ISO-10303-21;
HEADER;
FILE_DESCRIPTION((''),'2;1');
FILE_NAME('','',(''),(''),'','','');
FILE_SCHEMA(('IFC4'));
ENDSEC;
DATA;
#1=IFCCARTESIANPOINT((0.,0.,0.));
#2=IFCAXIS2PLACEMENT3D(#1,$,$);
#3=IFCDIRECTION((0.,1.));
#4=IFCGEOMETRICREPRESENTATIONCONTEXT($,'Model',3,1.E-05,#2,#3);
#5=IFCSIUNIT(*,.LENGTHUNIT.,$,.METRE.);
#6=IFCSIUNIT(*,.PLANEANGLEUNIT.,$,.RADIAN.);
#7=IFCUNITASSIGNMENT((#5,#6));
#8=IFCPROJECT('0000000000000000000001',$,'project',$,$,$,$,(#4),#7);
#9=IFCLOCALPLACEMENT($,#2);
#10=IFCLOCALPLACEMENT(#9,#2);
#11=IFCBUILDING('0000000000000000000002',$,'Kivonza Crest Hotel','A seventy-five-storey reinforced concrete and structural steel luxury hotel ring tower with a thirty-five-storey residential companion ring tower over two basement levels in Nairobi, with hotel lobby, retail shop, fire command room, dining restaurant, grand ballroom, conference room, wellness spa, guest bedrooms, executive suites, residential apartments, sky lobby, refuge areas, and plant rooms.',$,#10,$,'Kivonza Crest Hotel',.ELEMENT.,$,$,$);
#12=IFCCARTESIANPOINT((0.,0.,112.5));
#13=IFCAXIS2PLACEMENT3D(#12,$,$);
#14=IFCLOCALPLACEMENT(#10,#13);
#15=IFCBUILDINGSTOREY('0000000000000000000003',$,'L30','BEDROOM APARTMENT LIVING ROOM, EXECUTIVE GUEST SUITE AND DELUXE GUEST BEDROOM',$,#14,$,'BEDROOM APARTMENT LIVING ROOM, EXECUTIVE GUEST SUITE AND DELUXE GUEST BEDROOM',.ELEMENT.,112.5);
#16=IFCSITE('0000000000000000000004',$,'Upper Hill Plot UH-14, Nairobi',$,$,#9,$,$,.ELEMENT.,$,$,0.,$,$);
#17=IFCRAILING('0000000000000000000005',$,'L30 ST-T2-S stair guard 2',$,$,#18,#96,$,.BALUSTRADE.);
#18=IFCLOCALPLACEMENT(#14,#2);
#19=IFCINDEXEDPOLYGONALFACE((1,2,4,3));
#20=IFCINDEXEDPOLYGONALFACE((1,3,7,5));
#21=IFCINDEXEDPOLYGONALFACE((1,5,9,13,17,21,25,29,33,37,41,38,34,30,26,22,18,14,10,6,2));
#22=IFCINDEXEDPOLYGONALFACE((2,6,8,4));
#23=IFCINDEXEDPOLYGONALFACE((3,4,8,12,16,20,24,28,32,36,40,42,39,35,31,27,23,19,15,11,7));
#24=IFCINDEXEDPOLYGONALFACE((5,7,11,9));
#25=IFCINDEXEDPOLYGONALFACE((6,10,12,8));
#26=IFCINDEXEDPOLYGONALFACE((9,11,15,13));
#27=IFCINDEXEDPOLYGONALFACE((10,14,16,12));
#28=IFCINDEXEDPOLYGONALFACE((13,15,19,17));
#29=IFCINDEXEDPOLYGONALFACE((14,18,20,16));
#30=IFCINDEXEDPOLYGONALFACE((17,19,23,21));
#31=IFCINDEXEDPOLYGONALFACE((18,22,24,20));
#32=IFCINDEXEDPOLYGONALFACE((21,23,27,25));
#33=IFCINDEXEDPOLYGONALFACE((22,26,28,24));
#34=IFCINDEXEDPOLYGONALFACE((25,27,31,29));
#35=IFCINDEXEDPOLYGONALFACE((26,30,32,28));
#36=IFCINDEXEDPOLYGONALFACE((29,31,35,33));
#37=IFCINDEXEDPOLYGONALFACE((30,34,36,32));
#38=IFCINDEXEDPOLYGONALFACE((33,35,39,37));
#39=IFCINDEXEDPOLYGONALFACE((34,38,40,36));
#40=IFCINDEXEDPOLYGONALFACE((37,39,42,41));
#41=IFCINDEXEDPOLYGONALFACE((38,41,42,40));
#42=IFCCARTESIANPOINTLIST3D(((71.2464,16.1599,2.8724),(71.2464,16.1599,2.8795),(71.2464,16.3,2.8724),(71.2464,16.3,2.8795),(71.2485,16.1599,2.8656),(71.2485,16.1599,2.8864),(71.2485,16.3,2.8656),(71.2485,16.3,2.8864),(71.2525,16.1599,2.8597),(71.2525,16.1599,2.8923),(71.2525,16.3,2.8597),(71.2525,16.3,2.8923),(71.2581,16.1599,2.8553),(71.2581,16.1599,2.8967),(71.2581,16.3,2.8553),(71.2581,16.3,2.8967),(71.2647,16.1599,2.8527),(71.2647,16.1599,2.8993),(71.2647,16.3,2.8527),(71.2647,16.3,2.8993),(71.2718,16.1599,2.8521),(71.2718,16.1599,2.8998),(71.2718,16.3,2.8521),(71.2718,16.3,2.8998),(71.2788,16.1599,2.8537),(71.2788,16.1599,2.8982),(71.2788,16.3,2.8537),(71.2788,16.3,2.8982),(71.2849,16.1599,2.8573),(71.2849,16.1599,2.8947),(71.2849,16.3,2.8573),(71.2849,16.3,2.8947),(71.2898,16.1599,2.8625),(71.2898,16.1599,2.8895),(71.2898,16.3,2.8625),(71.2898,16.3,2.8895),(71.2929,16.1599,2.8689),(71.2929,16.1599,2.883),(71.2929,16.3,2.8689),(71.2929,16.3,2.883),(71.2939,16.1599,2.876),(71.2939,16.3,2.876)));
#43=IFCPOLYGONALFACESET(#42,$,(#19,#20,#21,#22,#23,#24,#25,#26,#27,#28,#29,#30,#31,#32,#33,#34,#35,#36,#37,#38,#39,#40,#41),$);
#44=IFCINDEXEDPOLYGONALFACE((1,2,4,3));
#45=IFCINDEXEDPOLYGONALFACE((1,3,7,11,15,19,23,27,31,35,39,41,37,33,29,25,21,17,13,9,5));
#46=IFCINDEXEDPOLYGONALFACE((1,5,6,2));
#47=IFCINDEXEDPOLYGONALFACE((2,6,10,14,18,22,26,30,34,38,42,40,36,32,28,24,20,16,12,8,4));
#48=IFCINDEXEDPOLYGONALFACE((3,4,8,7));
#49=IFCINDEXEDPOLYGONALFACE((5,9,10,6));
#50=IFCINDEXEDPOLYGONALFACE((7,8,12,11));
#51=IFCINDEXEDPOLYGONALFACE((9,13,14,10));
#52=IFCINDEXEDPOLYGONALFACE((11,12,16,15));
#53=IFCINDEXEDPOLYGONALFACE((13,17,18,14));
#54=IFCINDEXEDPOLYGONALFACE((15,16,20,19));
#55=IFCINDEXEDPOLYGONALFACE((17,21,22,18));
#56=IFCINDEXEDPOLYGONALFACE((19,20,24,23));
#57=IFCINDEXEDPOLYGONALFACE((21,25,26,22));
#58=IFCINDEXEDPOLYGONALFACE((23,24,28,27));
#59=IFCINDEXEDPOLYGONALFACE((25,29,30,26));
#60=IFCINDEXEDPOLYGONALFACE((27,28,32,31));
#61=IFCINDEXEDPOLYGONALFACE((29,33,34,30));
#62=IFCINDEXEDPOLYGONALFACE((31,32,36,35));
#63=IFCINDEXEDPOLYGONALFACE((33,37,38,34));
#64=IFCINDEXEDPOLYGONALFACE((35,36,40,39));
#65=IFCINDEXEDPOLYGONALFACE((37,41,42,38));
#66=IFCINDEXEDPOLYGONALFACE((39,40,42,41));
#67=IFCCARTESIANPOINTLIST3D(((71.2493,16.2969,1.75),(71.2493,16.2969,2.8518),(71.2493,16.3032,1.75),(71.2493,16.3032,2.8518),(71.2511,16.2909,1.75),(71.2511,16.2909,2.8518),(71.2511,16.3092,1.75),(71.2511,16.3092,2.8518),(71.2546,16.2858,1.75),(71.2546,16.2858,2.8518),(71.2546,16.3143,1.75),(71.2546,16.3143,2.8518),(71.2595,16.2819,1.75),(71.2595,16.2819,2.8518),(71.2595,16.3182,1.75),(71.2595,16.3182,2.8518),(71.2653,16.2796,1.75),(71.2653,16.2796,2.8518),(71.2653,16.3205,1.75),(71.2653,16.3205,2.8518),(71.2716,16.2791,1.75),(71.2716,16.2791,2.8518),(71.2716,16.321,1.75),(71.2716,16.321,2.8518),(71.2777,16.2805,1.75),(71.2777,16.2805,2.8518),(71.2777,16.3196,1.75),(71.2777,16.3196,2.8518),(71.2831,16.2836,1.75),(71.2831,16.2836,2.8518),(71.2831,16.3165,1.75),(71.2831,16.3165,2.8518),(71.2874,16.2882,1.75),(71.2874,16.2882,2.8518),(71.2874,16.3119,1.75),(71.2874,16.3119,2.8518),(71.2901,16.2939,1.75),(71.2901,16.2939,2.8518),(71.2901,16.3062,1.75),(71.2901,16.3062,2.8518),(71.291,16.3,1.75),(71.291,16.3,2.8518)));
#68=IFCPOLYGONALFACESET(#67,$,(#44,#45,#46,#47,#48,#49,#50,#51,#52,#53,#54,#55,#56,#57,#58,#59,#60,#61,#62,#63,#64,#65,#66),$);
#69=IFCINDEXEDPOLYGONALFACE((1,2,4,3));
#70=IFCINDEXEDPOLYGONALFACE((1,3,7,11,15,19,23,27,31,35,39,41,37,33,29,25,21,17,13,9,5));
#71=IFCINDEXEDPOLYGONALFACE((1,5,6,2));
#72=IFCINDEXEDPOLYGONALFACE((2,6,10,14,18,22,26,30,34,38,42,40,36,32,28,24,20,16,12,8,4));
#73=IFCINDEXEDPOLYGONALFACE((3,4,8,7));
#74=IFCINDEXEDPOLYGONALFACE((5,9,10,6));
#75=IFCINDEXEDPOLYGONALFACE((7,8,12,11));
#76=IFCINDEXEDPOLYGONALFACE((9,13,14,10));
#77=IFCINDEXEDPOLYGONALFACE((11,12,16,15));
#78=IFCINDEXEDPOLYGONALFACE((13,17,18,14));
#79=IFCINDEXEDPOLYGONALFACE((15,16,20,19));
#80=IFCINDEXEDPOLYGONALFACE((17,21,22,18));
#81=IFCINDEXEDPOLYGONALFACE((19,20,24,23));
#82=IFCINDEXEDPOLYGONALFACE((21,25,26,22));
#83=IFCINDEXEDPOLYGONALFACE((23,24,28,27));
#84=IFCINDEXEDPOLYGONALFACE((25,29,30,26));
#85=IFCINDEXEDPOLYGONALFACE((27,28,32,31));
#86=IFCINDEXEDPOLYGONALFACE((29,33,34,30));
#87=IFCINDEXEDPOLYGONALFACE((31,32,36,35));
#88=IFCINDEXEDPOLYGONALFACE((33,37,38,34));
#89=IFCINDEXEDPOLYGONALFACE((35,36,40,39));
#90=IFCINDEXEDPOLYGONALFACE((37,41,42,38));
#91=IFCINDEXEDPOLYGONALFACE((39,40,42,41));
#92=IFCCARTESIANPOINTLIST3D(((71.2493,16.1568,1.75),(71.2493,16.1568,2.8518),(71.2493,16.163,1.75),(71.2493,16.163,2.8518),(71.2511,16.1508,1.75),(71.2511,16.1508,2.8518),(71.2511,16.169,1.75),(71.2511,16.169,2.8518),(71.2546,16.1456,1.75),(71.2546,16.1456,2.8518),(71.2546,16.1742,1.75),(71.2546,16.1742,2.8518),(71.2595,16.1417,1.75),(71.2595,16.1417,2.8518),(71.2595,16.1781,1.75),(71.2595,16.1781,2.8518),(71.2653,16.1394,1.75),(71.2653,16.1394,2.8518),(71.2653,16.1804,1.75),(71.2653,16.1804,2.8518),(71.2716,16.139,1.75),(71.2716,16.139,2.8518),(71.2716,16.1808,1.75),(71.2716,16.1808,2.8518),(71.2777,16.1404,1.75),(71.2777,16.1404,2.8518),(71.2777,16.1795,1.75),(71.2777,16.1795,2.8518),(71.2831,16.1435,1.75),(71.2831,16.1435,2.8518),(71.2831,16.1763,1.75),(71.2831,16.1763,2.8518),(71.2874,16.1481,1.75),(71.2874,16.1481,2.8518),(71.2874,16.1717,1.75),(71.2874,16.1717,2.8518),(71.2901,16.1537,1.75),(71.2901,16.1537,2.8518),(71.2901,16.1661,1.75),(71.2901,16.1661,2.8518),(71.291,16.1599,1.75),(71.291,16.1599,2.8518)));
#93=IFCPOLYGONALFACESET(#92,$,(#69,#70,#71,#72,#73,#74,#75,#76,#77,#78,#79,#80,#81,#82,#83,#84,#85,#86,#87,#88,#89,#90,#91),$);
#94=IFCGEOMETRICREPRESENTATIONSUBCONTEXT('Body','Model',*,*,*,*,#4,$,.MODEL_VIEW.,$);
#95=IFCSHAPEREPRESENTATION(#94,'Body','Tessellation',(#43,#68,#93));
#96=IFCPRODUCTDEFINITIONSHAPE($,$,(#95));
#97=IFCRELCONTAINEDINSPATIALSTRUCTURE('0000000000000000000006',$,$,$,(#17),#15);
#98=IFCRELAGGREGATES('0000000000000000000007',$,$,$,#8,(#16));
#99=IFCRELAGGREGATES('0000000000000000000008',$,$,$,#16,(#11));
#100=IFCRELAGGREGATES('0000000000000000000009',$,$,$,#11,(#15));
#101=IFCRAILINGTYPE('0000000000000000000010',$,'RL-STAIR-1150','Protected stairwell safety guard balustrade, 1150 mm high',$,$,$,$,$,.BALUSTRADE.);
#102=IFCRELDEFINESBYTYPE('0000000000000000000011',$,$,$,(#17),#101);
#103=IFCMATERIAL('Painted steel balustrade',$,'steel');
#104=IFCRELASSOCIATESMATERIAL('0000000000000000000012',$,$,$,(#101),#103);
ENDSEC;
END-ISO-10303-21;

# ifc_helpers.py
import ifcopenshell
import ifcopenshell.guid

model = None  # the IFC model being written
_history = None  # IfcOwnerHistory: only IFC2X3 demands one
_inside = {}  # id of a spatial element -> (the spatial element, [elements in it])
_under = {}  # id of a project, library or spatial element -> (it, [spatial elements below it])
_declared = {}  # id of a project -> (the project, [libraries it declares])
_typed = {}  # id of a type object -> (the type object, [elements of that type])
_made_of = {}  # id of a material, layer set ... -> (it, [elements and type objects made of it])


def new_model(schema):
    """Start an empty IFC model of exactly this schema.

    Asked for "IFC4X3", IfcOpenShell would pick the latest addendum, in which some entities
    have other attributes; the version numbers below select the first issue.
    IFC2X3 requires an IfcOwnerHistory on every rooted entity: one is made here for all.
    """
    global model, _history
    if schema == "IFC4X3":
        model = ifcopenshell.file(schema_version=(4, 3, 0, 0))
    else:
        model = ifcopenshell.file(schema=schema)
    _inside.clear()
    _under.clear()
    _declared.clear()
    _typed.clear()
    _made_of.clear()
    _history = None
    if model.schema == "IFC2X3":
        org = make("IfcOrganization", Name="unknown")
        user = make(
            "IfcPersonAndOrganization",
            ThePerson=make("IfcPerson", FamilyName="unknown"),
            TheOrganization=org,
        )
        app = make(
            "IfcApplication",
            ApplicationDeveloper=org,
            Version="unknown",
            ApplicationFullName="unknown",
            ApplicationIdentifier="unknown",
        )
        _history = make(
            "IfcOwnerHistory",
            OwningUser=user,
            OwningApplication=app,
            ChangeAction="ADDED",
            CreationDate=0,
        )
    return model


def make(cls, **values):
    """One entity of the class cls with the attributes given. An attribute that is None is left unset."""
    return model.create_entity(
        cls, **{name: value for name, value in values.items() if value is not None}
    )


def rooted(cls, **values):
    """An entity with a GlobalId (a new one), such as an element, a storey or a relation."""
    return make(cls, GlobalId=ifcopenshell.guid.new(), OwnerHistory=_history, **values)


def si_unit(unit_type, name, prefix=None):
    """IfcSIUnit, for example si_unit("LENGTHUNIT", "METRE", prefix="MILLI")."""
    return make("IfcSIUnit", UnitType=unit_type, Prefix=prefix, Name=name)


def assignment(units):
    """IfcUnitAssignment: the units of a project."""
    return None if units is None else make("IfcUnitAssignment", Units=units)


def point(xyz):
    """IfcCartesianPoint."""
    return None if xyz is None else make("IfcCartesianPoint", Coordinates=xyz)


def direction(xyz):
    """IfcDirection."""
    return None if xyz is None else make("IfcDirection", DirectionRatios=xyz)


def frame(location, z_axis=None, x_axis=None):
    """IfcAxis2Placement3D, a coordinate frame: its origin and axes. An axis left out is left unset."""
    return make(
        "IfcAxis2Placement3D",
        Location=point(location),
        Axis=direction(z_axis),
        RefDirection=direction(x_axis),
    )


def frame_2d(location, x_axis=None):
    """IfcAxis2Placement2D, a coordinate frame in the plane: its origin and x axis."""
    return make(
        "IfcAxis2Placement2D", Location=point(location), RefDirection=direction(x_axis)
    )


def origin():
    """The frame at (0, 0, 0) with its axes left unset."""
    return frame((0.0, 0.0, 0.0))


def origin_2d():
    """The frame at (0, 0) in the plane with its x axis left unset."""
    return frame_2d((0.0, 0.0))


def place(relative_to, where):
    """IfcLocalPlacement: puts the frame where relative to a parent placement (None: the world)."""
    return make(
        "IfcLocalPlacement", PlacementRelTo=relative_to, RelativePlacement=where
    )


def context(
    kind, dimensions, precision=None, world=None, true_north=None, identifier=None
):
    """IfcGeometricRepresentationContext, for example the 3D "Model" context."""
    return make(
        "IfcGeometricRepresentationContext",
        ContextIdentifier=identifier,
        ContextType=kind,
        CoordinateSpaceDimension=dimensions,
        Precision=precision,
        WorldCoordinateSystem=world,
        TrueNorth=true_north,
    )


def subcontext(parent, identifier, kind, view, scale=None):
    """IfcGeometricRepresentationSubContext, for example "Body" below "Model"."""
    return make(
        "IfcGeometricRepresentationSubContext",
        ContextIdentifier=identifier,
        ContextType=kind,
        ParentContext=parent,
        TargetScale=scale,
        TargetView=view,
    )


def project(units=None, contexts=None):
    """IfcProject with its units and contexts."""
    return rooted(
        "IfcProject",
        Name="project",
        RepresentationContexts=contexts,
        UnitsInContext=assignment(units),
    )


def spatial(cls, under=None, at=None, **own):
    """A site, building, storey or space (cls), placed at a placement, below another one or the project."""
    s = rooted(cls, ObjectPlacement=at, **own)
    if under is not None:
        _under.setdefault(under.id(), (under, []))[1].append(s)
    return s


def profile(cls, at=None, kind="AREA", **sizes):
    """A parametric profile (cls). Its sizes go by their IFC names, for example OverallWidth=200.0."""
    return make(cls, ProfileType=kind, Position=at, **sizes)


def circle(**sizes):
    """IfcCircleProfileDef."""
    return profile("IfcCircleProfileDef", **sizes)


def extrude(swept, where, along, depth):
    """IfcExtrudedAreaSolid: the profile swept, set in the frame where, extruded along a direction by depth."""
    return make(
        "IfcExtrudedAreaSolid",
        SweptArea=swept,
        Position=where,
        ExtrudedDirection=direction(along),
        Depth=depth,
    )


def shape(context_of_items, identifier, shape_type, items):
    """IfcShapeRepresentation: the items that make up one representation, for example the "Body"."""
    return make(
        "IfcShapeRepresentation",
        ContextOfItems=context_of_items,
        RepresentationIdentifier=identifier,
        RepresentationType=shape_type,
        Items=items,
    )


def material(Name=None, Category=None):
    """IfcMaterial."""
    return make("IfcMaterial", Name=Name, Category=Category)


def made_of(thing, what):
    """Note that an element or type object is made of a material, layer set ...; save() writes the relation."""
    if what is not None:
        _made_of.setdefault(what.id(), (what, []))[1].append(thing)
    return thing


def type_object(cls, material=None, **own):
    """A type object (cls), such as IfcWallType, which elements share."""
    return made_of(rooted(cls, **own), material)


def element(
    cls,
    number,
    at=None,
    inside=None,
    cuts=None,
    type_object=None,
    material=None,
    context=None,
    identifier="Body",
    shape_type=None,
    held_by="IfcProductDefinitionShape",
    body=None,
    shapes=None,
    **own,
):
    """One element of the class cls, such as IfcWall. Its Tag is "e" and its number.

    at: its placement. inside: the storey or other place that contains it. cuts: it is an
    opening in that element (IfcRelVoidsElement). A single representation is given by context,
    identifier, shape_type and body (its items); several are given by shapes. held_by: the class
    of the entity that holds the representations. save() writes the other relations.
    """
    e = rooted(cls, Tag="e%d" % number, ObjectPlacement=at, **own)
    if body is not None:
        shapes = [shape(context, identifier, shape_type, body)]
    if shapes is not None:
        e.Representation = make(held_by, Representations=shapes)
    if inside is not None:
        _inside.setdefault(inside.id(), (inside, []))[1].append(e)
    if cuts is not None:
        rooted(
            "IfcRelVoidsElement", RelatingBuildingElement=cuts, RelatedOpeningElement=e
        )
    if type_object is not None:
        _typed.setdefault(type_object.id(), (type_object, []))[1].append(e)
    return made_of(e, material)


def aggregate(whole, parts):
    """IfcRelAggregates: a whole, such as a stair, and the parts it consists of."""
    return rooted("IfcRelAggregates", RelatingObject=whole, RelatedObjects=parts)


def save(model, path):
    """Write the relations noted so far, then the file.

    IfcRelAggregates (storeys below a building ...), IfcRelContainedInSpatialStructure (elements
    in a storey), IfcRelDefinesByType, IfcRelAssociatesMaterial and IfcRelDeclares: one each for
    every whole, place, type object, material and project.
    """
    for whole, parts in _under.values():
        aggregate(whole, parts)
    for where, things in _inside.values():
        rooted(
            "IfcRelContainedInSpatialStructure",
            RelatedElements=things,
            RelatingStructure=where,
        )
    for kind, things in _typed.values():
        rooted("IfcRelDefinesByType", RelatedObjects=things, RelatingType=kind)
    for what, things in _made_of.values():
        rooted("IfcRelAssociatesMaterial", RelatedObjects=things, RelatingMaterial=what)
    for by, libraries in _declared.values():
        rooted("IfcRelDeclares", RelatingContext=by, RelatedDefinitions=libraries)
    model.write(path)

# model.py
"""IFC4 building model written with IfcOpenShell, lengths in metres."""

from ifc_helpers import new_model, si_unit, direction, frame, origin, origin_2d, place, context, subcontext, project, spatial, circle, extrude, material, type_object, element, save


model = new_model("IFC4")

# Units and contexts
model_context = context("Model", 3, precision=1e-05, world=origin(), true_north=direction((0.0, 1.0)))
body_context = subcontext(model_context, "Body", "Model", "MODEL_VIEW")
ifc_project = project(units=[si_unit("LENGTHUNIT", "METRE"), si_unit("PLANEANGLEUNIT", "RADIAN")], contexts=[model_context])

# Site, building, storey
site_placement = place(None, origin())
site = spatial("IfcSite", under=ifc_project, at=site_placement, Name="Upper Hill Plot UH-14, Nairobi", CompositionType="ELEMENT", RefElevation=0.0)
building_placement = place(site_placement, origin())
building = spatial("IfcBuilding", under=site, at=building_placement, Name="Kivonza Crest Hotel", Description="A seventy-five-storey reinforced concrete and structural steel luxury hotel ring tower with a thirty-five-storey residential companion ring tower over two basement levels in Nairobi, with hotel lobby, retail shop, fire command room, dining restaurant, grand ballroom, conference room, wellness spa, guest bedrooms, executive suites, residential apartments, sky lobby, refuge areas, and plant rooms.", LongName="Kivonza Crest Hotel", CompositionType="ELEMENT")
storey_placement = place(building_placement, frame((0.0, 0.0, 112.5)))
storey = spatial("IfcBuildingStorey", under=building, at=storey_placement, Name="L30", Description="BEDROOM APARTMENT LIVING ROOM, EXECUTIVE GUEST SUITE AND DELUXE GUEST BEDROOM", LongName="BEDROOM APARTMENT LIVING ROOM, EXECUTIVE GUEST SUITE AND DELUXE GUEST BEDROOM", CompositionType="ELEMENT", Elevation=112.5)

# Railing
ifc_material_1 = material(Name="Painted steel balustrade", Category="steel")
railing_type = type_object("IfcRailingType", Name="RL-STAIR-1150", Description="Protected stairwell safety guard balustrade, 1150 mm high", PredefinedType="BALUSTRADE", material=ifc_material_1)
railing_placement = place(storey_placement, frame((71.27, 16.3, 1.75)))
element("IfcRailing", 1, at=railing_placement, inside=storey, type_object=railing_type, Name="L30 ST-T2-S stair guard 2", PredefinedType="BALUSTRADE", context=body_context, shape_type="SweptSolid", body=[
    extrude(circle(Radius=0.0239, at=origin_2d()), frame((0.0, 0.0, 1.126), z_axis=(0.0, -1.0, 0.0), x_axis=(1.0, 0.0, 0.0)), (0.0, 0.0, 1.0), 0.1401),
    extrude(circle(Radius=0.021, at=origin_2d()), origin(), (0.0, 0.0, 1.0), 1.1018),
    extrude(circle(Radius=0.021, at=origin_2d()), frame((0.0, -0.1401, 0.0)), (0.0, 0.0, 1.0), 1.1018),
])

save(model, "model.ifc")
